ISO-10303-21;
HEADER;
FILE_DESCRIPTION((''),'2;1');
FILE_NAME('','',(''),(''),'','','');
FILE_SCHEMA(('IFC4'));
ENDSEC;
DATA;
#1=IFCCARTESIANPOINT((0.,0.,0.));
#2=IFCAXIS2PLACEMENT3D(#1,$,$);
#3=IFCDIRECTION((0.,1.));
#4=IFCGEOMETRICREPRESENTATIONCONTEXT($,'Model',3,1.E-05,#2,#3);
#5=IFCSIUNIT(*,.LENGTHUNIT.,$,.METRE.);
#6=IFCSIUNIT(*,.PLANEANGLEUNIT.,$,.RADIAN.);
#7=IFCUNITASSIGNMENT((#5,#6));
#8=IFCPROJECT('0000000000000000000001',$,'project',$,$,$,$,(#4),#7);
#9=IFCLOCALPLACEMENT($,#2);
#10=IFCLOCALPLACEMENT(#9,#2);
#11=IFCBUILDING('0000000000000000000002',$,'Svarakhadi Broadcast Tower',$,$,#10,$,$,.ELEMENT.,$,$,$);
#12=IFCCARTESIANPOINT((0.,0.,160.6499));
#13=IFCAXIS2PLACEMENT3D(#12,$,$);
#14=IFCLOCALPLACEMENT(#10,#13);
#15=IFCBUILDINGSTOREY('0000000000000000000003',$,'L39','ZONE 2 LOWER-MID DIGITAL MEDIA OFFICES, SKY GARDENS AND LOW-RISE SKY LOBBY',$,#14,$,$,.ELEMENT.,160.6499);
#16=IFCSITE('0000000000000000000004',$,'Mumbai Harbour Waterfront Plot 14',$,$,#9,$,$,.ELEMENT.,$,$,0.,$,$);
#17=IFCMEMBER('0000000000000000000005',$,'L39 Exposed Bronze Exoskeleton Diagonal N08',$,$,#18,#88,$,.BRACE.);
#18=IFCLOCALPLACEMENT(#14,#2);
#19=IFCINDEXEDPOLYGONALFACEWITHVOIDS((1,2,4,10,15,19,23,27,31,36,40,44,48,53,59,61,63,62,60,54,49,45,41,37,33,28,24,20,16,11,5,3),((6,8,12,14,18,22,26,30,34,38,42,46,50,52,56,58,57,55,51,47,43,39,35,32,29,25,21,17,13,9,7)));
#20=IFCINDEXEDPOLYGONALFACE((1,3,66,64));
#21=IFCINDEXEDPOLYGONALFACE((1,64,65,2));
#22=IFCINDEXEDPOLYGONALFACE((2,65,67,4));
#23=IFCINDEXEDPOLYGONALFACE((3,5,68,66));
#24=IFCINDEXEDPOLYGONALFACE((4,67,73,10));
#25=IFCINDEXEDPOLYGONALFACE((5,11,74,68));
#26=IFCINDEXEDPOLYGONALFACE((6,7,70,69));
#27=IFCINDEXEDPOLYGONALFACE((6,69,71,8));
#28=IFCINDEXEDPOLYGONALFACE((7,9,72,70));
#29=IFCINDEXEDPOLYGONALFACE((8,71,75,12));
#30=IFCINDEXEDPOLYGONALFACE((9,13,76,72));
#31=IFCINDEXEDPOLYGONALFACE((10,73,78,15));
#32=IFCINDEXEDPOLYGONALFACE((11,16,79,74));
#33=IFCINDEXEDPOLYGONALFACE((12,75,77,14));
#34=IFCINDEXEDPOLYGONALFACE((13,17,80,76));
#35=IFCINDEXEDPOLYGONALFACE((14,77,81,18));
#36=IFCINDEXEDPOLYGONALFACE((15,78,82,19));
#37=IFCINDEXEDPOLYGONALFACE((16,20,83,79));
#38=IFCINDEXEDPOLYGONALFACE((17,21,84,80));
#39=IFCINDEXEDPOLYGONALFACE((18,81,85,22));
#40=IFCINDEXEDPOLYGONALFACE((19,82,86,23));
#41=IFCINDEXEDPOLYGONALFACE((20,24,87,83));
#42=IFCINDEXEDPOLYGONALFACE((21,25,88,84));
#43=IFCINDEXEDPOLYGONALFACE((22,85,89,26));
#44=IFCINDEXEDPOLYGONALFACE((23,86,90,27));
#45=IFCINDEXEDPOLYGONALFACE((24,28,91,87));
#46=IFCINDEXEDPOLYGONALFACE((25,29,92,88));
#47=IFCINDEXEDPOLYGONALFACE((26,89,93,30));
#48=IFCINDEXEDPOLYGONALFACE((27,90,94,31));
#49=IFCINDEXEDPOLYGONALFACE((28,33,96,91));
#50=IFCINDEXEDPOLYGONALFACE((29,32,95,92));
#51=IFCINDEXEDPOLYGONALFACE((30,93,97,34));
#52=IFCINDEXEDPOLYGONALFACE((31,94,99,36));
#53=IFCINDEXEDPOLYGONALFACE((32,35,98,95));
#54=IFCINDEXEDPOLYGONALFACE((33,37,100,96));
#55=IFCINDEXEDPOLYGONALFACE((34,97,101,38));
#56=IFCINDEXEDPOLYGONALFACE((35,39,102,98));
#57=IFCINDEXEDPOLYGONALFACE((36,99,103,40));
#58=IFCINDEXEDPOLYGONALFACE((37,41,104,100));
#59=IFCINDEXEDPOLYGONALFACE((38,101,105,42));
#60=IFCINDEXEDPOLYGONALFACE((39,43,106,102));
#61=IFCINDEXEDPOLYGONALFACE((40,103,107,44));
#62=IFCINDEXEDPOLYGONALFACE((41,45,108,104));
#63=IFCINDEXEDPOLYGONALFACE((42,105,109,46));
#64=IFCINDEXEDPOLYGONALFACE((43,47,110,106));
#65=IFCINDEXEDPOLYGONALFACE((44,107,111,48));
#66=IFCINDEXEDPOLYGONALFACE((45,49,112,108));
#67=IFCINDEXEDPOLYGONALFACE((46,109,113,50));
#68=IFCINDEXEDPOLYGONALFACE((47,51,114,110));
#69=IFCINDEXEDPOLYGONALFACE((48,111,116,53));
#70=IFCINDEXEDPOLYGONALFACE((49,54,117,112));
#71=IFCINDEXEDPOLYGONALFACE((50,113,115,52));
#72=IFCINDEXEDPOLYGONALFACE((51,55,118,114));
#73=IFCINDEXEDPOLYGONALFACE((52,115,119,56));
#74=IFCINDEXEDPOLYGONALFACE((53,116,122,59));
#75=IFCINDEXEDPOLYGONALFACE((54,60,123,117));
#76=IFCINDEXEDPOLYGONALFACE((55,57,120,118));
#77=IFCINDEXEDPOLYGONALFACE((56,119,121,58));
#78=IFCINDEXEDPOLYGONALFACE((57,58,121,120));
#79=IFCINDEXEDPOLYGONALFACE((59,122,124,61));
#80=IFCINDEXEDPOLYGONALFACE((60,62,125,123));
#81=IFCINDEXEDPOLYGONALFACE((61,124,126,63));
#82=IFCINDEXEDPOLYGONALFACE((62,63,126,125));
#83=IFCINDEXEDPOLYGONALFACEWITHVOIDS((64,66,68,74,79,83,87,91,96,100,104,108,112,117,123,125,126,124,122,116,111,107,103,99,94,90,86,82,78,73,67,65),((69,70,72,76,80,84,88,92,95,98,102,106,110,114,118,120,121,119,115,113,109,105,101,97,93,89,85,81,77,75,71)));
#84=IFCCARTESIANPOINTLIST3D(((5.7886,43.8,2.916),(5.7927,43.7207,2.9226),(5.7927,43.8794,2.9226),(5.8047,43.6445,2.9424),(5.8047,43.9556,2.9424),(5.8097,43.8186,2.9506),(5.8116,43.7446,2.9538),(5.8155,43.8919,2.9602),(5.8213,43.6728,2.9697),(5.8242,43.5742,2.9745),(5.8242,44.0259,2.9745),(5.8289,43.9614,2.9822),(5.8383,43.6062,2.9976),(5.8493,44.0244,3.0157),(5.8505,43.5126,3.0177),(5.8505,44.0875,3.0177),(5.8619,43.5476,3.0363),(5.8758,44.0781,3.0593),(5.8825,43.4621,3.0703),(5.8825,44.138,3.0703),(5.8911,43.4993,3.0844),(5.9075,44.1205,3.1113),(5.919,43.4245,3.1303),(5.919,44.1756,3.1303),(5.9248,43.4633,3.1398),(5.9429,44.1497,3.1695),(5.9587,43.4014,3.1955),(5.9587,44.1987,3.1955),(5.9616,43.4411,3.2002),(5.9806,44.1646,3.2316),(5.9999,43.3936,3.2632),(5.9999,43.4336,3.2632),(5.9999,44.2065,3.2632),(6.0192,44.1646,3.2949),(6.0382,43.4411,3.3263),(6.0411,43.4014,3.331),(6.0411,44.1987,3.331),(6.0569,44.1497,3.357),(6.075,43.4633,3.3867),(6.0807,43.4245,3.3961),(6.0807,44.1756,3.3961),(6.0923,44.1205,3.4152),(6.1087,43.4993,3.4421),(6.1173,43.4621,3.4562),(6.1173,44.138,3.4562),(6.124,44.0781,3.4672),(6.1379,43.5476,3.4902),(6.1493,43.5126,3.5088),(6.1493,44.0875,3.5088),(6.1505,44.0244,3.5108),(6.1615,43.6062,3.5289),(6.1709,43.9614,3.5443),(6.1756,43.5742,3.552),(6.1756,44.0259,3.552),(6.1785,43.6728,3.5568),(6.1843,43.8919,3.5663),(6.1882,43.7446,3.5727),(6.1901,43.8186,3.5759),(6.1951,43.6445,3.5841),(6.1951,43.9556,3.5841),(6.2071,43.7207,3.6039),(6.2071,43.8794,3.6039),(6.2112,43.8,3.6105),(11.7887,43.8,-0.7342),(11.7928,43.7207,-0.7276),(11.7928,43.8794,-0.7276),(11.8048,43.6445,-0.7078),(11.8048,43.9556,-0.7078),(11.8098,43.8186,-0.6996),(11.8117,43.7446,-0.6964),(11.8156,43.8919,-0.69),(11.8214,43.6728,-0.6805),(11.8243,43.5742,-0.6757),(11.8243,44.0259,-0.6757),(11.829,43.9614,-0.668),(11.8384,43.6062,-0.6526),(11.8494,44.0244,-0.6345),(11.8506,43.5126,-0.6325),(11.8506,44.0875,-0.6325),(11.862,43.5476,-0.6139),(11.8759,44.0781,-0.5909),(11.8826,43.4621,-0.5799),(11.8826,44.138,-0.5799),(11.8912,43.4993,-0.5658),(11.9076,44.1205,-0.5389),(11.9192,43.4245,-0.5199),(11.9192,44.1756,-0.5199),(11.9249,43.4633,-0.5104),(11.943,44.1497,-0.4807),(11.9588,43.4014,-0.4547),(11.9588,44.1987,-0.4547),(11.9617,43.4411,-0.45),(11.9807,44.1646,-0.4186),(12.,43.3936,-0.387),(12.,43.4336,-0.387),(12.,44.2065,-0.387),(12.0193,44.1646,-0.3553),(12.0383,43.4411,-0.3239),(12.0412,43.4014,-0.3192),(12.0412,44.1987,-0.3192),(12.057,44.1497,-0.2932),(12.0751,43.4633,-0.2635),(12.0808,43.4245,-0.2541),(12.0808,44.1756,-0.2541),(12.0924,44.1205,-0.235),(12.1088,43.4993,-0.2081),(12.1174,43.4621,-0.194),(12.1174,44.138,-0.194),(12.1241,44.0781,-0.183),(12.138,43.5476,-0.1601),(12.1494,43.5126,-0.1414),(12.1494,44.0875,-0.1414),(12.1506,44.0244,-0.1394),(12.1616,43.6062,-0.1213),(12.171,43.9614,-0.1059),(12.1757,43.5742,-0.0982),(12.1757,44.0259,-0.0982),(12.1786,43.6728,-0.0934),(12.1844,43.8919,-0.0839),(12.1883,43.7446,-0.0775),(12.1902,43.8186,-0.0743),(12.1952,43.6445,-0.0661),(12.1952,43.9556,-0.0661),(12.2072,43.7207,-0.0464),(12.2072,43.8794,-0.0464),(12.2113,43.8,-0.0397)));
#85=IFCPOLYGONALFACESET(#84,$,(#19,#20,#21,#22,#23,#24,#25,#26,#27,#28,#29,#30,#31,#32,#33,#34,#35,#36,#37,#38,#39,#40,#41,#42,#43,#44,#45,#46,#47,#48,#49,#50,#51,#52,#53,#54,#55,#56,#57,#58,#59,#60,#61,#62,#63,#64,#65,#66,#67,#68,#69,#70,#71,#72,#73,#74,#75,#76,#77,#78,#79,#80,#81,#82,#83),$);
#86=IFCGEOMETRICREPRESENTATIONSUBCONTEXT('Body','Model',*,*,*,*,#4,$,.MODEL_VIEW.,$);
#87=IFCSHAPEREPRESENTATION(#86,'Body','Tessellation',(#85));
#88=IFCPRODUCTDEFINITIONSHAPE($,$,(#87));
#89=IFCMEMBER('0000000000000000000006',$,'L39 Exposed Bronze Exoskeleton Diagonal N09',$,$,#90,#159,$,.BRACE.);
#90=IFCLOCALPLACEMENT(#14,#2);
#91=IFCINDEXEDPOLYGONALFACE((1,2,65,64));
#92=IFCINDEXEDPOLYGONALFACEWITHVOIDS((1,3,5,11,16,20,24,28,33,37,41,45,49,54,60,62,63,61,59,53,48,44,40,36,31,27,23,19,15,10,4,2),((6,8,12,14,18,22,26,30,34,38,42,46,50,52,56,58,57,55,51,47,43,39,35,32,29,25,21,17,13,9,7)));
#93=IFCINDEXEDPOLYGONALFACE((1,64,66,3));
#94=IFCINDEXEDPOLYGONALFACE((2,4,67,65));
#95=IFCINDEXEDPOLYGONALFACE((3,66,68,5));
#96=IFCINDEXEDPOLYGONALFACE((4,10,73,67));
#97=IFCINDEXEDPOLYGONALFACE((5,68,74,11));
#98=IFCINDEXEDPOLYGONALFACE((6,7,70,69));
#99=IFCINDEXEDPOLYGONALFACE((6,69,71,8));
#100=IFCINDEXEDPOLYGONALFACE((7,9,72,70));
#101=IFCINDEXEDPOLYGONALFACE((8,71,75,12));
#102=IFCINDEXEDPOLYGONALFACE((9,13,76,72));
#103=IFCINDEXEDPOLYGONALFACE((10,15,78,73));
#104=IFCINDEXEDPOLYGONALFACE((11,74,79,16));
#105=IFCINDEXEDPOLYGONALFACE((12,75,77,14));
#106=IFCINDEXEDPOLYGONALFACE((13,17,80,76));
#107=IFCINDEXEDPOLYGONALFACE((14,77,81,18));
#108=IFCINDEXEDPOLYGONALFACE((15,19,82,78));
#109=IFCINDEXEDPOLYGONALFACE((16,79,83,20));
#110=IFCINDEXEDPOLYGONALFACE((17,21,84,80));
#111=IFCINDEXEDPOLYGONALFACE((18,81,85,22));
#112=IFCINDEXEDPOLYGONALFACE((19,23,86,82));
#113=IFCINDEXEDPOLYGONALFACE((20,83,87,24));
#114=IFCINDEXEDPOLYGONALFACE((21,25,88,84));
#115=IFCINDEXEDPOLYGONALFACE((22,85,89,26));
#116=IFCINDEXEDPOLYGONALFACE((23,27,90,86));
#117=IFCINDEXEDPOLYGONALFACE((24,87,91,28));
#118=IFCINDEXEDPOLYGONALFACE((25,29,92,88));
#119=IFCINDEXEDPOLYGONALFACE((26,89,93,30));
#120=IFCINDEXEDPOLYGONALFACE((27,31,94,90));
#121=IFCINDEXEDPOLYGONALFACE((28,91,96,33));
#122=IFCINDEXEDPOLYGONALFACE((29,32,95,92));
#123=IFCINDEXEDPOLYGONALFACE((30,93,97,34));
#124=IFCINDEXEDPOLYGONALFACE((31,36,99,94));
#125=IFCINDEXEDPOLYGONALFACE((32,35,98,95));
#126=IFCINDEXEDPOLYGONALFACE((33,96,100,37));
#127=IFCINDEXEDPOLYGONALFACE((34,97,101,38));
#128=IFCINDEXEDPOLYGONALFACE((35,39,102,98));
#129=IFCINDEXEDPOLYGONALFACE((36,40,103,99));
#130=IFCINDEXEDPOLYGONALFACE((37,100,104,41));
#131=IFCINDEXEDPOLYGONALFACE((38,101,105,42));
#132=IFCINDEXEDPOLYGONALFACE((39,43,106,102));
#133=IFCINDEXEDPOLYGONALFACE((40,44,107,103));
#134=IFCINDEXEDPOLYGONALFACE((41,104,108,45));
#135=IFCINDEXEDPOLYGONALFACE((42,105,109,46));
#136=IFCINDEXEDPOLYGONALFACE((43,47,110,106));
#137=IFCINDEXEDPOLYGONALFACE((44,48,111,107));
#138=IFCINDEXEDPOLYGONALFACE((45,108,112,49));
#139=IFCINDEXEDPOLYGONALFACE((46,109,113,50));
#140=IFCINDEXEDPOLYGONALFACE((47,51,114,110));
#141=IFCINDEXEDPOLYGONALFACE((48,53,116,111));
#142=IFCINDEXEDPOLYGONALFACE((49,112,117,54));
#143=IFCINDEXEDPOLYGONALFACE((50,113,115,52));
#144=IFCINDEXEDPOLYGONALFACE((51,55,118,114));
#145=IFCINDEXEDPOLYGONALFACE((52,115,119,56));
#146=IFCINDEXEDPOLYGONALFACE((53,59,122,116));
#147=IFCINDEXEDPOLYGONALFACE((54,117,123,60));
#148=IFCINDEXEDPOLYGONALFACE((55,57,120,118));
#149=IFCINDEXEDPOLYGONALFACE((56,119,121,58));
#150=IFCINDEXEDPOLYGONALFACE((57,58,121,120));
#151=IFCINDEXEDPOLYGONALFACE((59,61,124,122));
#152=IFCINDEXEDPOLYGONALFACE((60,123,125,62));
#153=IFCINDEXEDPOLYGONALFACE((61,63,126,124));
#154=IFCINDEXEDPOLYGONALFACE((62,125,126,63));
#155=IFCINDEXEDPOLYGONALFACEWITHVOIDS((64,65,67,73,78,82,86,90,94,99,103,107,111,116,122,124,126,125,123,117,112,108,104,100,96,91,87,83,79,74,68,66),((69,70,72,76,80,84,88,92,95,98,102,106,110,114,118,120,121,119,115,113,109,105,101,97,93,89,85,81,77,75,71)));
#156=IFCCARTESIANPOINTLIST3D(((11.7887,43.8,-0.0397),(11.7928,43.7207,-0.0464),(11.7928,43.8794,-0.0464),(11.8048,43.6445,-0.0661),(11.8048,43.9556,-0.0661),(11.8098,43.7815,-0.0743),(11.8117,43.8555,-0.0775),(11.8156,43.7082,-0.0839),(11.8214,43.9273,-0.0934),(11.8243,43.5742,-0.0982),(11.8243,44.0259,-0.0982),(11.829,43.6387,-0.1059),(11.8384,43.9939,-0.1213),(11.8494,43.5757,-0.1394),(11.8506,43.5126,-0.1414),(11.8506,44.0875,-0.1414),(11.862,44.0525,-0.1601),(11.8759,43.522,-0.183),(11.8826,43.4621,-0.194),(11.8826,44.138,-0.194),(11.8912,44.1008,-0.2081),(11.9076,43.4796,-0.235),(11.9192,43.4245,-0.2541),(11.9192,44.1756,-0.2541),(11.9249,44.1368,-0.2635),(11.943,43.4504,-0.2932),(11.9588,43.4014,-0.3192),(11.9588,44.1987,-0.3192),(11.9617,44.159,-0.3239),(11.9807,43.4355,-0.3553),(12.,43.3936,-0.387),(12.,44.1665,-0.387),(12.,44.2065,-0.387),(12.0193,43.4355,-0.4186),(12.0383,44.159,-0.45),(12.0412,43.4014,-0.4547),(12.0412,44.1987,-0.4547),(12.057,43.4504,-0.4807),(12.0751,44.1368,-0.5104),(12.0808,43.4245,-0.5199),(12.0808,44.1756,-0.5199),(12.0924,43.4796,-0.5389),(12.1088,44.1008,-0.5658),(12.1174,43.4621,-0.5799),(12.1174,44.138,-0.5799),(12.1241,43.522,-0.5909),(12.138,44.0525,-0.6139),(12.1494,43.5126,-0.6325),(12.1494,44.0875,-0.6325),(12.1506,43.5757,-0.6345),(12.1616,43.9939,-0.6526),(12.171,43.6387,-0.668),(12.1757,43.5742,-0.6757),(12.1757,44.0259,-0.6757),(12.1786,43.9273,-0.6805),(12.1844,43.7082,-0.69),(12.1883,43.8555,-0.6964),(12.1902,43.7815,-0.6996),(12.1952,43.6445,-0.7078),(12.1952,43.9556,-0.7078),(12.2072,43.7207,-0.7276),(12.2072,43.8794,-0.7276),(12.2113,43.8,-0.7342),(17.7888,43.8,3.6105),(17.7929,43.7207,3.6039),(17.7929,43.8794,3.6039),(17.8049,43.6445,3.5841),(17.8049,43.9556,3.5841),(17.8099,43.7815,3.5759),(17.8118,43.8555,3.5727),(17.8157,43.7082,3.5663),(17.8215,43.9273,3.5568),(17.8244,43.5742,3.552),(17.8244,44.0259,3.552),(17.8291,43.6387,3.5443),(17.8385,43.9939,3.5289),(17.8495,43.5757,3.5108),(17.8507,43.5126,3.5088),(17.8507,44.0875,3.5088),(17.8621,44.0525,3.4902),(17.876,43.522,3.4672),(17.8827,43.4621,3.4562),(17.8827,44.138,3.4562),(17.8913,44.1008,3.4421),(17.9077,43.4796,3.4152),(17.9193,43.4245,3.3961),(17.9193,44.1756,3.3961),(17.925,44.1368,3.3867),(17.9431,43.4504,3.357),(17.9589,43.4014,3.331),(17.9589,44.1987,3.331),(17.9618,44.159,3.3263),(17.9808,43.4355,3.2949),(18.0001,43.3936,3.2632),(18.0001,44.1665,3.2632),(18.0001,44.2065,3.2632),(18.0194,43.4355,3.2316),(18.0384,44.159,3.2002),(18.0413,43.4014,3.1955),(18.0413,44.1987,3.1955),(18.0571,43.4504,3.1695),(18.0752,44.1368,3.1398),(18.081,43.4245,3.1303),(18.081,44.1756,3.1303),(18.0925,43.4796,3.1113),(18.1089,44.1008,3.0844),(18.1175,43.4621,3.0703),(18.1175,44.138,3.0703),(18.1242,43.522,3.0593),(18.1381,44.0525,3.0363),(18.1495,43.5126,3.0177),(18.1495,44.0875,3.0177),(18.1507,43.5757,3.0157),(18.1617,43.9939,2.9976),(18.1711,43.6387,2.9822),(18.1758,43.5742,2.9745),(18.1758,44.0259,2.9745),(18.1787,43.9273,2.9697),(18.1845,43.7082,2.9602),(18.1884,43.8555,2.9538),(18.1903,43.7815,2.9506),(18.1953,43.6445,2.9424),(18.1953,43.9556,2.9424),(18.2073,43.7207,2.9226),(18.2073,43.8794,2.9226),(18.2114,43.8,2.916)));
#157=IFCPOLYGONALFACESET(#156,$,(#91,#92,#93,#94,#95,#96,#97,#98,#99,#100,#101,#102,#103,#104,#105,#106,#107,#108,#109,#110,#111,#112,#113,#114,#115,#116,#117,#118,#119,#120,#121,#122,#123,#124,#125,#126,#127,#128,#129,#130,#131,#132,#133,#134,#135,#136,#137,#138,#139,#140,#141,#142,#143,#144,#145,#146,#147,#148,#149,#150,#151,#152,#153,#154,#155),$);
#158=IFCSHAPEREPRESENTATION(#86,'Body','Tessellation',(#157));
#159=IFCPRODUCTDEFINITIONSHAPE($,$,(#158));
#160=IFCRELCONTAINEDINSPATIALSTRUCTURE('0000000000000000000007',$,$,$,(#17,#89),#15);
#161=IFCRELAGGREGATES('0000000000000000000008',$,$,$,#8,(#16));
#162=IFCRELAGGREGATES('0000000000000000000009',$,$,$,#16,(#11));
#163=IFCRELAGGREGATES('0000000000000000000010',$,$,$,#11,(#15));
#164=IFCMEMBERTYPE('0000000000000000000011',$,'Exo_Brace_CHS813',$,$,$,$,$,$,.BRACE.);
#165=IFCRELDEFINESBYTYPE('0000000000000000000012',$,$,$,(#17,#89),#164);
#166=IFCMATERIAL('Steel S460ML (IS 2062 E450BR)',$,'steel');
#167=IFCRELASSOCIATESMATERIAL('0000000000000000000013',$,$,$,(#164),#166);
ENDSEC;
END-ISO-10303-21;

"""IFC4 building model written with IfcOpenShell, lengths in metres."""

from ifc_helpers import new_model, si_unit, direction, frame, origin, origin_2d, place, context, subcontext, project, spatial, hollow_circle, extrude, material, material_profile, profile_set, type_object, element, save


model = new_model("IFC4")

# Units and contexts
model_context = context("Model", 3, precision=1e-05, world=origin(), true_north=direction((0.0, 1.0)))
body_context = subcontext(model_context, "Body", "Model", "MODEL_VIEW")
ifc_project = project(units=[si_unit("LENGTHUNIT", "METRE"), si_unit("PLANEANGLEUNIT", "RADIAN")], contexts=[model_context])

# Site, building, storey
site_placement = place(None, origin())
site = spatial("IfcSite", under=ifc_project, at=site_placement, Name="Mumbai Harbour Waterfront Plot 14", CompositionType="ELEMENT", RefElevation=0.0)
building_placement = place(site_placement, origin())
building = spatial("IfcBuilding", under=site, at=building_placement, Name="Svarakhadi Broadcast Tower", CompositionType="ELEMENT")
storey_placement = place(building_placement, frame((0.0, 0.0, 160.6499)))
storey = spatial("IfcBuildingStorey", under=building, at=storey_placement, Name="L39", Description="ZONE 2 LOWER-MID DIGITAL MEDIA OFFICES, SKY GARDENS AND LOW-RISE SKY LOBBY", CompositionType="ELEMENT", Elevation=160.6499)

# Shared definitions
ifc_material_1 = material(Name="Steel S460ML (IS 2062 E450BR)", Category="steel")

# Members
ifc_material_profile_1 = material_profile(ifc_material_1, hollow_circle(Radius=0.4065, WallThickness=0.04, at=origin_2d()), Name="CHS 813x40")
ifc_profile_set_1 = profile_set([ifc_material_profile_1], Name="Steel S460ML (IS 2062 E450BR)")
member_type_1 = type_object("IfcMemberType", Name="Exo_Brace_CHS813", PredefinedType="BRACE", material=ifc_profile_set_1)
for number, where, z_axis, x_axis, name in (
    (1, (12.0, 43.8, -0.387), (-0.854327, 0.0, 0.519736), (0.0, -1.0, 0.0), "L39 Exposed Bronze Exoskeleton Diagonal N08"),
    (2, (12.0, 43.8, -0.387), (0.854327, 0.0, 0.519736), (0.0, 1.0, 0.0), "L39 Exposed Bronze Exoskeleton Diagonal N09"),
):
    element("IfcMember", number, at=place(storey_placement, frame(where, z_axis=z_axis, x_axis=x_axis)), inside=storey, type_object=member_type_1, Name=name, PredefinedType="BRACE", context=body_context, shape_type="SweptSolid", body=[
        extrude(hollow_circle(Radius=0.4065, WallThickness=0.04, at=origin_2d()), origin(), (0.0, 0.0, 1.0), 7.0232),
    ])

save(model, "model.ifc")
